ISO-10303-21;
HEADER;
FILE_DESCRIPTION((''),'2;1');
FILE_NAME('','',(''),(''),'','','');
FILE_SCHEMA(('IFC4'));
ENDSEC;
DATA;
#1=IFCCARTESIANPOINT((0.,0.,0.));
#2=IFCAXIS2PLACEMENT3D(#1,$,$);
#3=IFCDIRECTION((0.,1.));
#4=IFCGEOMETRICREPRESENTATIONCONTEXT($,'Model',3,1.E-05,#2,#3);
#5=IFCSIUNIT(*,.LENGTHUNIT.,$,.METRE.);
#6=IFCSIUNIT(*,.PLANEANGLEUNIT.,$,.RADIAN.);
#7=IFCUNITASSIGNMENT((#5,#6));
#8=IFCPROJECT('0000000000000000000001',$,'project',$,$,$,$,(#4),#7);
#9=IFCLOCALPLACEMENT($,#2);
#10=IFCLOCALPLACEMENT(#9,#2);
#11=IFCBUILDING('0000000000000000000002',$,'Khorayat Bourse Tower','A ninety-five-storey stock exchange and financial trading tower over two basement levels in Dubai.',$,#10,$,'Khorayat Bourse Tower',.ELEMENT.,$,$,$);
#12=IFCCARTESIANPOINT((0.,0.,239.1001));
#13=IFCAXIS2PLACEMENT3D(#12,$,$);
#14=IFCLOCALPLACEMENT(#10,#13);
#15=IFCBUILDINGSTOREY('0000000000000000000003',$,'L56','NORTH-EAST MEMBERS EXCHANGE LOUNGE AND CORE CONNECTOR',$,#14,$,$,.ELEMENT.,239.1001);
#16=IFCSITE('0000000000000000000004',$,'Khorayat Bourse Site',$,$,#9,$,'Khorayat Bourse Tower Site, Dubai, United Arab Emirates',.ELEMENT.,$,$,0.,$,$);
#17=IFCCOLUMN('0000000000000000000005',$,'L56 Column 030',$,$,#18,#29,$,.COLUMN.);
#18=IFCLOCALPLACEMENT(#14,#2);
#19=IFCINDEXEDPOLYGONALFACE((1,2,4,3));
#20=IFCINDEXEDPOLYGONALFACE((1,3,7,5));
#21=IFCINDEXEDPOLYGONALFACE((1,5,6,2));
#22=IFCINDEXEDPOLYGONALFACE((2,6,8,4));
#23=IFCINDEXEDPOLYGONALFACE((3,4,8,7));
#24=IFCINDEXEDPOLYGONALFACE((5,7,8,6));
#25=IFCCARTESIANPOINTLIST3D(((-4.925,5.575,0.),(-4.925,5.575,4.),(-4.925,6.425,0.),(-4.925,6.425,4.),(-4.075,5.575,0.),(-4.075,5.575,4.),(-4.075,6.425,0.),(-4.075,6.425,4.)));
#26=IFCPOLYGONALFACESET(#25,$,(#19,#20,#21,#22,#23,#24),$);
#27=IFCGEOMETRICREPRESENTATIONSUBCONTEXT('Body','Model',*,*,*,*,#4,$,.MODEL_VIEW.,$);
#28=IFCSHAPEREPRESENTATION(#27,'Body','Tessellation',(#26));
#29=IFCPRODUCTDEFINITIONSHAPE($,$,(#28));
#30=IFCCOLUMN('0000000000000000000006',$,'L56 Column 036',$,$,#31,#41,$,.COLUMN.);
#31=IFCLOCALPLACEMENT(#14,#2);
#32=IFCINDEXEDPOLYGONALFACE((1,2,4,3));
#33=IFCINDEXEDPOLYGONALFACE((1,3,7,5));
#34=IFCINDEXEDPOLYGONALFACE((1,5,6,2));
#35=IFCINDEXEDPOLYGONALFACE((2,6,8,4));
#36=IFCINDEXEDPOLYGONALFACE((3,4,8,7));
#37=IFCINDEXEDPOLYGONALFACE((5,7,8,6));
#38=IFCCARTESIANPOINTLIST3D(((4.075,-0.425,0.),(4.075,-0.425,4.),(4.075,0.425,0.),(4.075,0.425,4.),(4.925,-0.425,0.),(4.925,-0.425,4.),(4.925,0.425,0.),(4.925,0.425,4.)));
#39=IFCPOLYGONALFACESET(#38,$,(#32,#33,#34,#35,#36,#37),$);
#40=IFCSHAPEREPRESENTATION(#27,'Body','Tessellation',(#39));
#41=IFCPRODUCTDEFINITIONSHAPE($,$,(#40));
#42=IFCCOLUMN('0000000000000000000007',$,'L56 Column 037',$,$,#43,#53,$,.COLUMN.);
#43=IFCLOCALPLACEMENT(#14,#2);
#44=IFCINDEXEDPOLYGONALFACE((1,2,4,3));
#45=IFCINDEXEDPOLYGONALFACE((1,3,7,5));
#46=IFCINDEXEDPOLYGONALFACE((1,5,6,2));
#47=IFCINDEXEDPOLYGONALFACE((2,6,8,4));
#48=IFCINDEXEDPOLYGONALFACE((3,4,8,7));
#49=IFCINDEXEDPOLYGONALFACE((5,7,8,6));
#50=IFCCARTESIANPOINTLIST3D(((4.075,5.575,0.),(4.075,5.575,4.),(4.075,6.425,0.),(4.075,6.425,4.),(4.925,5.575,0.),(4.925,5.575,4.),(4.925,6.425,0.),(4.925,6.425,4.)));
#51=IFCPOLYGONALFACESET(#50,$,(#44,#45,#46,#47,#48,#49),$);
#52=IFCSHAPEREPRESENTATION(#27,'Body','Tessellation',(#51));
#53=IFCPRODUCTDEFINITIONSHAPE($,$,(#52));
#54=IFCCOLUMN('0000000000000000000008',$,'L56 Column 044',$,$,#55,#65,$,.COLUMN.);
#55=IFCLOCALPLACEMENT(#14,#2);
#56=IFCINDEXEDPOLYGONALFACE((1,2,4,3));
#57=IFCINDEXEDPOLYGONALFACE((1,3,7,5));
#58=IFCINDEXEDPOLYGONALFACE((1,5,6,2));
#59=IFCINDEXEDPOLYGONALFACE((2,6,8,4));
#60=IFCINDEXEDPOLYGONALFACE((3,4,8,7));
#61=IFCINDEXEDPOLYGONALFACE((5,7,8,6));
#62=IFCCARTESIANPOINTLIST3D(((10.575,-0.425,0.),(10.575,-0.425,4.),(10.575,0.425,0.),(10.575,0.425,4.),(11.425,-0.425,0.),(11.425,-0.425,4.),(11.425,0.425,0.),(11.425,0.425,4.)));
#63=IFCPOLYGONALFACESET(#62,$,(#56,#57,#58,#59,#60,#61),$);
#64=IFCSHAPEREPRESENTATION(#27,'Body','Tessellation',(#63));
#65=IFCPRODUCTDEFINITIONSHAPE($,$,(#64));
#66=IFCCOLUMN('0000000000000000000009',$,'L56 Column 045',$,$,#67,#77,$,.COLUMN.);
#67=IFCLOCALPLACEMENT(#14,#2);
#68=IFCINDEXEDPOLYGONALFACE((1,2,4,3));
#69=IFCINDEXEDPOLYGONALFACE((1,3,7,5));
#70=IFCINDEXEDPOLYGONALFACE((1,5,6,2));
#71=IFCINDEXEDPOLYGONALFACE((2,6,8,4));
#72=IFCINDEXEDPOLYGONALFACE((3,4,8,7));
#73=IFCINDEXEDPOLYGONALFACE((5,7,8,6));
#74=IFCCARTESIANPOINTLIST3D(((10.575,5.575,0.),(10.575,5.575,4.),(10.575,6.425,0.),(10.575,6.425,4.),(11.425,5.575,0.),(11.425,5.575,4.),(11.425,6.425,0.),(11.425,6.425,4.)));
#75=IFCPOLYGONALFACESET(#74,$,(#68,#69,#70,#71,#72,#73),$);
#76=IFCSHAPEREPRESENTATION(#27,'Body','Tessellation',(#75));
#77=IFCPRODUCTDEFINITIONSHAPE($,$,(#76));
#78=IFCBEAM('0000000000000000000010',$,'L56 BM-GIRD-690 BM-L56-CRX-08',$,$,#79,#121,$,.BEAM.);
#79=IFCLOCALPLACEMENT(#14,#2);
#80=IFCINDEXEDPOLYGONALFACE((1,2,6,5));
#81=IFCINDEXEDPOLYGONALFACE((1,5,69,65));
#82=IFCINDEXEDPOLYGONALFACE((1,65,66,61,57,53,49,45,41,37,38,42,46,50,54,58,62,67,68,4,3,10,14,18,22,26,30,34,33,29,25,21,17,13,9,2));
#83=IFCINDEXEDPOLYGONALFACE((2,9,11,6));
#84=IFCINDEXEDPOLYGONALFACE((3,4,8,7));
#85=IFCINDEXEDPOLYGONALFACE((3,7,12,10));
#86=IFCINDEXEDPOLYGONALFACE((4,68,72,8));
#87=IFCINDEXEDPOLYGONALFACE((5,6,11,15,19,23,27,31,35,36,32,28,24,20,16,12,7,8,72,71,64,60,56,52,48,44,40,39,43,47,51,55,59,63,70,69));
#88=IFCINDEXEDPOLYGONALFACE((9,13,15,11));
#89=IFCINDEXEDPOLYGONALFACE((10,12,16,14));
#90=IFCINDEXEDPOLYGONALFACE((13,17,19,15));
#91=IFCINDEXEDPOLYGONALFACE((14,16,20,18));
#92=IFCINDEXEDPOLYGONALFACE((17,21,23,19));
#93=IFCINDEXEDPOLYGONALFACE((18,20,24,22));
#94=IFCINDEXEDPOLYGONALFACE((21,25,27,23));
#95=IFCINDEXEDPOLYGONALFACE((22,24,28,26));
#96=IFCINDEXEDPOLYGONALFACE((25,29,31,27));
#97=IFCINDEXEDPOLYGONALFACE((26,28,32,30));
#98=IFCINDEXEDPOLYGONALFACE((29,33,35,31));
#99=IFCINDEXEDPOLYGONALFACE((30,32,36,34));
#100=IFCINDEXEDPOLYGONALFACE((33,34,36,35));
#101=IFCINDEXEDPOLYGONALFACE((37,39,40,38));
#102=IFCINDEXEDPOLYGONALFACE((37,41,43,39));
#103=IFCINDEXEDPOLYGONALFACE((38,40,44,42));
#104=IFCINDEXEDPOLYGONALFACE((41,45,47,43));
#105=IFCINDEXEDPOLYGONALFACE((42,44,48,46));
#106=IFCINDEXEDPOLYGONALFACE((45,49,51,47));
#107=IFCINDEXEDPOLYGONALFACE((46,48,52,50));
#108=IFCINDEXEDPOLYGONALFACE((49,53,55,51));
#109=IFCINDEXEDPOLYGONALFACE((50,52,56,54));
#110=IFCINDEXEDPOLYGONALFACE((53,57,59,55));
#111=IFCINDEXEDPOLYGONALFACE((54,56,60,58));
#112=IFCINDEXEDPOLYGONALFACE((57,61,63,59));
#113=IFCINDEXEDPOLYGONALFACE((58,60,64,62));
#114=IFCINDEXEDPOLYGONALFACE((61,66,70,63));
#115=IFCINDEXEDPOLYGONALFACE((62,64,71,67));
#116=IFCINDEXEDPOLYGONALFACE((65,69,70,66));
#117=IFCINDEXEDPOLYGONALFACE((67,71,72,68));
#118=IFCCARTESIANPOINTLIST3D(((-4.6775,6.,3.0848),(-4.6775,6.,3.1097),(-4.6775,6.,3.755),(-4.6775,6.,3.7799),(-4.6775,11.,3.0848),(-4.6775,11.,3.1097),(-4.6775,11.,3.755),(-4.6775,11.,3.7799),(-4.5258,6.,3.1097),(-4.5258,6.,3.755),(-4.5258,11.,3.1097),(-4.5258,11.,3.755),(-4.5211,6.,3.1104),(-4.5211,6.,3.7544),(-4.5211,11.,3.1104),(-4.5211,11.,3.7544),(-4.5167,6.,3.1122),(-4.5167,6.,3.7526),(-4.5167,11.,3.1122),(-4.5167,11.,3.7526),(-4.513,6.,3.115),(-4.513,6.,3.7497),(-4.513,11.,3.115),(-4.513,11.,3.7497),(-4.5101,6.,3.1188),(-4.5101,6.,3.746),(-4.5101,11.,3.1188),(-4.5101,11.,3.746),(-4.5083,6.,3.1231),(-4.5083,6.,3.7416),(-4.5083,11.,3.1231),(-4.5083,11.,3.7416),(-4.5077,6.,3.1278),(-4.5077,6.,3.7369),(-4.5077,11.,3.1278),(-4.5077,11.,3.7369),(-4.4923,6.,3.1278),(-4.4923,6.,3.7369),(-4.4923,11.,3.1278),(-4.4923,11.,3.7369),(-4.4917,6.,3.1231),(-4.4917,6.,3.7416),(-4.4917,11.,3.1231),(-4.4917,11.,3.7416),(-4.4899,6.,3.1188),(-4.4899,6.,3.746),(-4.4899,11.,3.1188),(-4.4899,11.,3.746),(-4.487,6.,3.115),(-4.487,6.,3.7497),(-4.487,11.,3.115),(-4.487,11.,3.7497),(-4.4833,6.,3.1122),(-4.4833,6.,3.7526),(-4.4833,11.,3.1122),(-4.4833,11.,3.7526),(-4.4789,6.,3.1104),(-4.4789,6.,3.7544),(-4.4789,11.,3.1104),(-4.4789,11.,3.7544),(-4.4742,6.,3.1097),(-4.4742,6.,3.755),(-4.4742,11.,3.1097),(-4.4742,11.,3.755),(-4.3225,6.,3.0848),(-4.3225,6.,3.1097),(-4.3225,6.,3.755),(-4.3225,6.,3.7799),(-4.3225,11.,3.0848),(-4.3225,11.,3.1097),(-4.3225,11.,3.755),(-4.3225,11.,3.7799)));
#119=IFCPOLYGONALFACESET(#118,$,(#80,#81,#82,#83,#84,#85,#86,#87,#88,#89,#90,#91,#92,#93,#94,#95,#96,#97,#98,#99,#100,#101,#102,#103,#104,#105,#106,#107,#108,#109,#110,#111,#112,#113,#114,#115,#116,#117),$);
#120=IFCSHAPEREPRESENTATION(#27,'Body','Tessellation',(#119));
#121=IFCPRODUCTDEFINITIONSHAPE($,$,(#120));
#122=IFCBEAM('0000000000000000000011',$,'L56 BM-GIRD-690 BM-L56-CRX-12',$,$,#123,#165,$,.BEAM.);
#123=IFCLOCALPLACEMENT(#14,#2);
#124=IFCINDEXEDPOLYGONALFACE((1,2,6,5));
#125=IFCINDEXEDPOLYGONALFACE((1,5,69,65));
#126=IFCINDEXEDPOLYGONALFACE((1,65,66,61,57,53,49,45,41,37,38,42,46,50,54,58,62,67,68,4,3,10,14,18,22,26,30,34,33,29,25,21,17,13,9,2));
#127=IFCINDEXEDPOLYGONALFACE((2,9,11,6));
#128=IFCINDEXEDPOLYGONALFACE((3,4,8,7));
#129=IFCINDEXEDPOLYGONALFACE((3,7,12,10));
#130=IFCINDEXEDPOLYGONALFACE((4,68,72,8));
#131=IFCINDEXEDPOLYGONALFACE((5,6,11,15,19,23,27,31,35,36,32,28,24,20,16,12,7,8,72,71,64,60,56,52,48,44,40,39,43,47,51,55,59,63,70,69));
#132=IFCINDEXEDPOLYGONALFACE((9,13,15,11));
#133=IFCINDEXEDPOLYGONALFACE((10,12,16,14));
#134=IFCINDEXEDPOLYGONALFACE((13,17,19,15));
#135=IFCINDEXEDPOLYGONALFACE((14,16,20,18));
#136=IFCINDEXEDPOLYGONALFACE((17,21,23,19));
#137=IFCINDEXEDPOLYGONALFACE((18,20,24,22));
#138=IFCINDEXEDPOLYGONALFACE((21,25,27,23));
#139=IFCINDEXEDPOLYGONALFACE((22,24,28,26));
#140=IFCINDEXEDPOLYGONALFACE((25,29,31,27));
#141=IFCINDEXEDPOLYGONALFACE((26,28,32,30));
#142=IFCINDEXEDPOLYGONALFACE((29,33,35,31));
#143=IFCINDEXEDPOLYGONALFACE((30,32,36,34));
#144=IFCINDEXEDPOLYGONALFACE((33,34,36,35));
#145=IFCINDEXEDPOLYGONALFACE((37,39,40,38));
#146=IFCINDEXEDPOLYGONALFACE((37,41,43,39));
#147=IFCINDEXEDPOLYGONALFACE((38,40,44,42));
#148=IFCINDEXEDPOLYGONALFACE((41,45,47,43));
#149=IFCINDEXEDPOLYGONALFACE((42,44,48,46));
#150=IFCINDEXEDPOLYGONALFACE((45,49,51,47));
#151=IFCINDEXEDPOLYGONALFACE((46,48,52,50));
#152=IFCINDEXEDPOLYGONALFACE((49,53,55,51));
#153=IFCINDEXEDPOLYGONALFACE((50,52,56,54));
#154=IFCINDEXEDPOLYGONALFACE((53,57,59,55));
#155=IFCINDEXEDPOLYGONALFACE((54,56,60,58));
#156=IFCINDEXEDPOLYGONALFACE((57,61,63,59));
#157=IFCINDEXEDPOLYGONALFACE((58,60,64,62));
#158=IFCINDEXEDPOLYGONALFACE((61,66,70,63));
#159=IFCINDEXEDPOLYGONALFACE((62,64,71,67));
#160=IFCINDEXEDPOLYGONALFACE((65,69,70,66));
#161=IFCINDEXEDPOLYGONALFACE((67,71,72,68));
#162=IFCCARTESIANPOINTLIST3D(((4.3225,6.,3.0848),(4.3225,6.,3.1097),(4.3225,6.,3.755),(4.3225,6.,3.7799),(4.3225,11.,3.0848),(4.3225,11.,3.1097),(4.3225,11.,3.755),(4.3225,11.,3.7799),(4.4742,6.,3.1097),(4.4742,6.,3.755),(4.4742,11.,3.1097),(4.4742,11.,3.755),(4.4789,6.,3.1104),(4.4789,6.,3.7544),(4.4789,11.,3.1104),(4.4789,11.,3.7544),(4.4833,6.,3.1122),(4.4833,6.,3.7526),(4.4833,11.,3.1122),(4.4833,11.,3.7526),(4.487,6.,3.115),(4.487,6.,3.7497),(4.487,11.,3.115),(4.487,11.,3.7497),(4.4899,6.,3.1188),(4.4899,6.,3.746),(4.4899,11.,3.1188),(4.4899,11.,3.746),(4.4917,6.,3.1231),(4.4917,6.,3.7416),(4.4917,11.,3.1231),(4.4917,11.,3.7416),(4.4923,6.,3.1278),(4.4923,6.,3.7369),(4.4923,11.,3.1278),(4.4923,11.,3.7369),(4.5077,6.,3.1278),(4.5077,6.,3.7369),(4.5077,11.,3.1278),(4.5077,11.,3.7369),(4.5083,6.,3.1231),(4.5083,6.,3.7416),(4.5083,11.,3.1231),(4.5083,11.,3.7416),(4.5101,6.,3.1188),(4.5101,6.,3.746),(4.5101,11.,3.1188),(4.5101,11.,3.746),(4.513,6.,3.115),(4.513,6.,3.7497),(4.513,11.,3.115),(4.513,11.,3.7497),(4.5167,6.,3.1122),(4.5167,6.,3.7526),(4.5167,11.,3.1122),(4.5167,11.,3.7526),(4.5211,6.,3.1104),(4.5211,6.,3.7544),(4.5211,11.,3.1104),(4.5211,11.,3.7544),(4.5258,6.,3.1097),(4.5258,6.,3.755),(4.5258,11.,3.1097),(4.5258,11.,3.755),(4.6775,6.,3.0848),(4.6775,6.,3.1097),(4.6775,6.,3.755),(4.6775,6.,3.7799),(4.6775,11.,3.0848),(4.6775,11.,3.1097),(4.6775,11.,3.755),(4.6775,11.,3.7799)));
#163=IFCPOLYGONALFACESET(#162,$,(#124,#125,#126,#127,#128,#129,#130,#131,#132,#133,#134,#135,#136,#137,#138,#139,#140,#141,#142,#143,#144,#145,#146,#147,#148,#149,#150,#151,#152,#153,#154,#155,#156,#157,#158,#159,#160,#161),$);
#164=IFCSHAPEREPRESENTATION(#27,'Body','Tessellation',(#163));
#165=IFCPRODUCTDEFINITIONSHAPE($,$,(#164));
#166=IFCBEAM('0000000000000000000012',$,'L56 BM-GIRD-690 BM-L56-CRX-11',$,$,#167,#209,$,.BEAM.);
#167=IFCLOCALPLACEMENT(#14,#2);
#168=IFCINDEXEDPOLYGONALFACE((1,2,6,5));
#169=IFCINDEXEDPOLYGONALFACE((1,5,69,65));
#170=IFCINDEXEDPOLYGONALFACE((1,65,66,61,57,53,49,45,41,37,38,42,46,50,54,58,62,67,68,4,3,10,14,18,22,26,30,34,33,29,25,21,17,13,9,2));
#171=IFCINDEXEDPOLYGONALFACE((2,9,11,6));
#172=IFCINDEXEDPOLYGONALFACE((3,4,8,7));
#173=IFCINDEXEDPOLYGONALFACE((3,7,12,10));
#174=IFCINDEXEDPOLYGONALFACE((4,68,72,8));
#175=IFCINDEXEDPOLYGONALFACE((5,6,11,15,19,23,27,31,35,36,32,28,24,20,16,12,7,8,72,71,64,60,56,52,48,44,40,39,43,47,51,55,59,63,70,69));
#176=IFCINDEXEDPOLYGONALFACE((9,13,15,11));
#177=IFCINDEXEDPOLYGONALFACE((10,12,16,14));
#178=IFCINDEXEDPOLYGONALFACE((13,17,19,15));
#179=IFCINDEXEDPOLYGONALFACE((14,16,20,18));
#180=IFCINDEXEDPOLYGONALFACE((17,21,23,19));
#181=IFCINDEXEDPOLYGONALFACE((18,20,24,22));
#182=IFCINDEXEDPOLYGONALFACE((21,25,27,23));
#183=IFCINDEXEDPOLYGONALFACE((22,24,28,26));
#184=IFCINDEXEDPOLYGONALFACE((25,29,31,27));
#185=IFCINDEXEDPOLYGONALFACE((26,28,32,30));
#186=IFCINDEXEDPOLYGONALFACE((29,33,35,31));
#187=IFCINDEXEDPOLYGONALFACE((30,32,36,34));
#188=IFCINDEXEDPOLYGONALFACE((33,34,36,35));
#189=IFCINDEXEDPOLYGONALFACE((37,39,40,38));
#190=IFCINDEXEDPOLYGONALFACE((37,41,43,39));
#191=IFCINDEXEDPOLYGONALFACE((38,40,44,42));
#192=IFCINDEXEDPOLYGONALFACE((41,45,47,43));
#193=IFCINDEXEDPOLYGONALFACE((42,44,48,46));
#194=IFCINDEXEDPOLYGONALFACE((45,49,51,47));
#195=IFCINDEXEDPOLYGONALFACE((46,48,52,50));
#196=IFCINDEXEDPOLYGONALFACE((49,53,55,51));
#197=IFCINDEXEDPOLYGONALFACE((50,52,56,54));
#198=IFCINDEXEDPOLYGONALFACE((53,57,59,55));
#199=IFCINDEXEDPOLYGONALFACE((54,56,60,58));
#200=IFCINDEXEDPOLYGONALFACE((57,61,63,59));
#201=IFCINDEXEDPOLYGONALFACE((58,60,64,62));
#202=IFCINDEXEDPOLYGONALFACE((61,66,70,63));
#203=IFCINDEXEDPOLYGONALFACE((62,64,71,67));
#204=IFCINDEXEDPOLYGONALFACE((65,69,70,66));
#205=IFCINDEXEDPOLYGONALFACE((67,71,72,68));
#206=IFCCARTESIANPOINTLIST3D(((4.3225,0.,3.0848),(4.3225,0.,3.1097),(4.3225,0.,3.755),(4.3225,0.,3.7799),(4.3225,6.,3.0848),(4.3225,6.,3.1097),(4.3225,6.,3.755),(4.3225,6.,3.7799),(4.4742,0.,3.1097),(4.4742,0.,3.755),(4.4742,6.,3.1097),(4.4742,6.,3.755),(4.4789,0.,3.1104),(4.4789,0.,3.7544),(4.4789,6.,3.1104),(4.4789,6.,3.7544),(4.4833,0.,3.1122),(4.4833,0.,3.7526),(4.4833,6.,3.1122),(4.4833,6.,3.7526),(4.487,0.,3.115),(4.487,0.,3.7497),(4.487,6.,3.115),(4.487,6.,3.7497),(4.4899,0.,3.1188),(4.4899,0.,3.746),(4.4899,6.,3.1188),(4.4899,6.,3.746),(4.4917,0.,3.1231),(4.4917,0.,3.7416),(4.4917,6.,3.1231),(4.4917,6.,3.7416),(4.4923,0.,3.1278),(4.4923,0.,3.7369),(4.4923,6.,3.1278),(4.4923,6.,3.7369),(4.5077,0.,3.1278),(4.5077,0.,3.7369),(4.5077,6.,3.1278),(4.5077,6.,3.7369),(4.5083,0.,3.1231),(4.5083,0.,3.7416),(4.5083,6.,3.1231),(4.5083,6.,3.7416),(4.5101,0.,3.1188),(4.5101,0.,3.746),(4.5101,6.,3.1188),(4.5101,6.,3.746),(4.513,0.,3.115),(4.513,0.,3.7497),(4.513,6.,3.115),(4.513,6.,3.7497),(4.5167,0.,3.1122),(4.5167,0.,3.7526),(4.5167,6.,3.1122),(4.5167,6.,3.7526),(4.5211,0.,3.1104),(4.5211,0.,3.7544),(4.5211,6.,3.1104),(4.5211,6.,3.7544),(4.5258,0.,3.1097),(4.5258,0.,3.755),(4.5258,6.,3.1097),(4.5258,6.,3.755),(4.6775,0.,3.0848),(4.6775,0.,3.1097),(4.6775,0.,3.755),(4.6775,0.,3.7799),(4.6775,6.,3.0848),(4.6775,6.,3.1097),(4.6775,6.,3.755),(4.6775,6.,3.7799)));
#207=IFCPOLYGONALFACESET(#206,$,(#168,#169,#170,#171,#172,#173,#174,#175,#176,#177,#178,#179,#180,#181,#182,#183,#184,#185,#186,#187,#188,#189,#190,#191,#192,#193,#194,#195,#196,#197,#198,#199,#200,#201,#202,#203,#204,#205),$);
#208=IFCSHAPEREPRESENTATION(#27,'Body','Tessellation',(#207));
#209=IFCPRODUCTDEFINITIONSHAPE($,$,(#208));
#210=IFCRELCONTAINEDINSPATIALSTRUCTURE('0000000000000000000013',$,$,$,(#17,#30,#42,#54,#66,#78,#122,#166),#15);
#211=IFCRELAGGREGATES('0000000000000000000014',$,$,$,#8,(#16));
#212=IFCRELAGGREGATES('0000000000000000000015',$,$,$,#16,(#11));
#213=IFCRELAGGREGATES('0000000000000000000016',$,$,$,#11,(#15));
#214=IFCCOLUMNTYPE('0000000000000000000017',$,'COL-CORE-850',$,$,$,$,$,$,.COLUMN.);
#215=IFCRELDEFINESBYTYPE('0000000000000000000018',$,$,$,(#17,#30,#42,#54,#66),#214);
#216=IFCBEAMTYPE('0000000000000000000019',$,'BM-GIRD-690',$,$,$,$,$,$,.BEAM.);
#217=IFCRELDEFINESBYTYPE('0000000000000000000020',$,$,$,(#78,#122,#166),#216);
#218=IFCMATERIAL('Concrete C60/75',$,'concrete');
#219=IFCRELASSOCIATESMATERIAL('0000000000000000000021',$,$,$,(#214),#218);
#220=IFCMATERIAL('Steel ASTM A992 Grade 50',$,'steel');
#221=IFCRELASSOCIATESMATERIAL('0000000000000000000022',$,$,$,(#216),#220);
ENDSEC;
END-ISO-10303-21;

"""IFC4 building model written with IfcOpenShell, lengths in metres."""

from ifc_helpers import new_model, si_unit, direction, frame, origin, origin_2d, place, context, subcontext, project, spatial, rectangle, i_section, extrude, source, transform, mapped, material, material_profile, profile_set, type_object, element, save


model = new_model("IFC4")

# Units and contexts
model_context = context("Model", 3, precision=1e-05, world=origin(), true_north=direction((0.0, 1.0)))
body_context = subcontext(model_context, "Body", "Model", "MODEL_VIEW")
ifc_project = project(units=[si_unit("LENGTHUNIT", "METRE"), si_unit("PLANEANGLEUNIT", "RADIAN")], contexts=[model_context])

# Site, building, storey
site_placement = place(None, origin())
site = spatial("IfcSite", under=ifc_project, at=site_placement, Name="Khorayat Bourse Site", LongName="Khorayat Bourse Tower Site, Dubai, United Arab Emirates", CompositionType="ELEMENT", RefElevation=0.0)
building_placement = place(site_placement, origin())
building = spatial("IfcBuilding", under=site, at=building_placement, Name="Khorayat Bourse Tower", Description="A ninety-five-storey stock exchange and financial trading tower over two basement levels in Dubai.", LongName="Khorayat Bourse Tower", CompositionType="ELEMENT")
storey_placement = place(building_placement, frame((0.0, 0.0, 239.1001)))
storey = spatial("IfcBuildingStorey", under=building, at=storey_placement, Name="L56", Description="NORTH-EAST MEMBERS EXCHANGE LOUNGE AND CORE CONNECTOR", CompositionType="ELEMENT", Elevation=239.1001)

# Columns
ifc_material_1 = material(Name="Concrete C60/75", Category="concrete")
ifc_material_profile_1 = material_profile(ifc_material_1, rectangle(XDim=0.8501, YDim=0.8501, at=origin_2d()), Name="RC 850x850")
ifc_profile_set_1 = profile_set([ifc_material_profile_1], Name="Concrete C60/75")
column_type = type_object("IfcColumnType", Name="COL-CORE-850", PredefinedType="COLUMN", material=ifc_profile_set_1)
shared_shape_1 = source(origin(), body_context, "Body", "SweptSolid", [
    extrude(rectangle(XDim=0.8501, YDim=0.8501, at=origin_2d()), origin(), (0.0, 0.0, 1.0), 4.0),
])
for number, where, z_axis, x_axis, name in (
    (1, (-4.5, 6.0, 0.0), (0.0, 0.0, 1.0), (1.0, 0.0, 0.0), "L56 Column 030"),
    (2, (4.5, 0.0, 0.0), (0.0, 0.0, 1.0), (1.0, 0.0, 0.0), "L56 Column 036"),
    (3, (4.5, 6.0, 0.0), (0.0, 0.0, 1.0), (1.0, 0.0, 0.0), "L56 Column 037"),
    (4, (11.0, 0.0, 0.0), (0.0, 0.0, 1.0), (1.0, 0.0, 0.0), "L56 Column 044"),
    (5, (11.0, 6.0, 0.0), (0.0, 0.0, 1.0), (1.0, 0.0, 0.0), "L56 Column 045"),
):
    element("IfcColumn", number, at=place(storey_placement, frame(where, z_axis=z_axis, x_axis=x_axis)), inside=storey, type_object=column_type, Name=name, PredefinedType="COLUMN", context=body_context, shape_type="MappedRepresentation", body=[
        mapped(shared_shape_1, transform((0.0, 0.0, 0.0), scale=1.0)),
    ])

# Beams
ifc_material_2 = material(Name="Steel ASTM A992 Grade 50", Category="steel")
ifc_material_profile_2 = material_profile(ifc_material_2, i_section(OverallWidth=0.355, OverallDepth=0.6951, WebThickness=0.0154, FlangeThickness=0.0249, FilletRadius=0.0181, at=origin_2d()), Name="W690X217")
ifc_profile_set_2 = profile_set([ifc_material_profile_2], Name="Steel ASTM A992 Grade 50")
beam_type_1 = type_object("IfcBeamType", Name="BM-GIRD-690", PredefinedType="BEAM", material=ifc_profile_set_2)
shared_shape_2 = source(origin(), body_context, "Body", "SweptSolid", [
    extrude(i_section(OverallWidth=0.355, OverallDepth=0.6951, WebThickness=0.0154, FlangeThickness=0.0249, FilletRadius=0.0181, at=origin_2d()), origin(), (0.0, 0.0, 1.0), 5.0),
])
for number, where, z_axis, x_axis, name in (
    (6, (-4.5, 6.0, 3.4324), (0.0, 1.0, 0.0), (-1.0, 0.0, 0.0), "L56 BM-GIRD-690 BM-L56-CRX-08"),
    (7, (4.5, 6.0, 3.4324), (0.0, 1.0, 0.0), (-1.0, 0.0, 0.0), "L56 BM-GIRD-690 BM-L56-CRX-12"),
):
    element("IfcBeam", number, at=place(storey_placement, frame(where, z_axis=z_axis, x_axis=x_axis)), inside=storey, type_object=beam_type_1, Name=name, PredefinedType="BEAM", context=body_context, shape_type="MappedRepresentation", body=[
        mapped(shared_shape_2, transform((0.0, 0.0, 0.0), scale=1.0)),
    ])
shared_shape_3 = source(origin(), body_context, "Body", "SweptSolid", [
    extrude(i_section(OverallWidth=0.355, OverallDepth=0.6951, WebThickness=0.0154, FlangeThickness=0.0249, FilletRadius=0.0181, at=origin_2d()), origin(), (0.0, 0.0, 1.0), 6.0),
])
beam_1_placement = place(storey_placement, frame((4.5, 0.0, 3.4324), z_axis=(0.0, 1.0, 0.0), x_axis=(-1.0, 0.0, 0.0)))
element("IfcBeam", 8, at=beam_1_placement, inside=storey, type_object=beam_type_1, Name="L56 BM-GIRD-690 BM-L56-CRX-11", PredefinedType="BEAM", context=body_context, shape_type="MappedRepresentation", body=[
    mapped(shared_shape_3, transform((0.0, 0.0, 0.0), scale=1.0)),
])

save(model, "model.ifc")
